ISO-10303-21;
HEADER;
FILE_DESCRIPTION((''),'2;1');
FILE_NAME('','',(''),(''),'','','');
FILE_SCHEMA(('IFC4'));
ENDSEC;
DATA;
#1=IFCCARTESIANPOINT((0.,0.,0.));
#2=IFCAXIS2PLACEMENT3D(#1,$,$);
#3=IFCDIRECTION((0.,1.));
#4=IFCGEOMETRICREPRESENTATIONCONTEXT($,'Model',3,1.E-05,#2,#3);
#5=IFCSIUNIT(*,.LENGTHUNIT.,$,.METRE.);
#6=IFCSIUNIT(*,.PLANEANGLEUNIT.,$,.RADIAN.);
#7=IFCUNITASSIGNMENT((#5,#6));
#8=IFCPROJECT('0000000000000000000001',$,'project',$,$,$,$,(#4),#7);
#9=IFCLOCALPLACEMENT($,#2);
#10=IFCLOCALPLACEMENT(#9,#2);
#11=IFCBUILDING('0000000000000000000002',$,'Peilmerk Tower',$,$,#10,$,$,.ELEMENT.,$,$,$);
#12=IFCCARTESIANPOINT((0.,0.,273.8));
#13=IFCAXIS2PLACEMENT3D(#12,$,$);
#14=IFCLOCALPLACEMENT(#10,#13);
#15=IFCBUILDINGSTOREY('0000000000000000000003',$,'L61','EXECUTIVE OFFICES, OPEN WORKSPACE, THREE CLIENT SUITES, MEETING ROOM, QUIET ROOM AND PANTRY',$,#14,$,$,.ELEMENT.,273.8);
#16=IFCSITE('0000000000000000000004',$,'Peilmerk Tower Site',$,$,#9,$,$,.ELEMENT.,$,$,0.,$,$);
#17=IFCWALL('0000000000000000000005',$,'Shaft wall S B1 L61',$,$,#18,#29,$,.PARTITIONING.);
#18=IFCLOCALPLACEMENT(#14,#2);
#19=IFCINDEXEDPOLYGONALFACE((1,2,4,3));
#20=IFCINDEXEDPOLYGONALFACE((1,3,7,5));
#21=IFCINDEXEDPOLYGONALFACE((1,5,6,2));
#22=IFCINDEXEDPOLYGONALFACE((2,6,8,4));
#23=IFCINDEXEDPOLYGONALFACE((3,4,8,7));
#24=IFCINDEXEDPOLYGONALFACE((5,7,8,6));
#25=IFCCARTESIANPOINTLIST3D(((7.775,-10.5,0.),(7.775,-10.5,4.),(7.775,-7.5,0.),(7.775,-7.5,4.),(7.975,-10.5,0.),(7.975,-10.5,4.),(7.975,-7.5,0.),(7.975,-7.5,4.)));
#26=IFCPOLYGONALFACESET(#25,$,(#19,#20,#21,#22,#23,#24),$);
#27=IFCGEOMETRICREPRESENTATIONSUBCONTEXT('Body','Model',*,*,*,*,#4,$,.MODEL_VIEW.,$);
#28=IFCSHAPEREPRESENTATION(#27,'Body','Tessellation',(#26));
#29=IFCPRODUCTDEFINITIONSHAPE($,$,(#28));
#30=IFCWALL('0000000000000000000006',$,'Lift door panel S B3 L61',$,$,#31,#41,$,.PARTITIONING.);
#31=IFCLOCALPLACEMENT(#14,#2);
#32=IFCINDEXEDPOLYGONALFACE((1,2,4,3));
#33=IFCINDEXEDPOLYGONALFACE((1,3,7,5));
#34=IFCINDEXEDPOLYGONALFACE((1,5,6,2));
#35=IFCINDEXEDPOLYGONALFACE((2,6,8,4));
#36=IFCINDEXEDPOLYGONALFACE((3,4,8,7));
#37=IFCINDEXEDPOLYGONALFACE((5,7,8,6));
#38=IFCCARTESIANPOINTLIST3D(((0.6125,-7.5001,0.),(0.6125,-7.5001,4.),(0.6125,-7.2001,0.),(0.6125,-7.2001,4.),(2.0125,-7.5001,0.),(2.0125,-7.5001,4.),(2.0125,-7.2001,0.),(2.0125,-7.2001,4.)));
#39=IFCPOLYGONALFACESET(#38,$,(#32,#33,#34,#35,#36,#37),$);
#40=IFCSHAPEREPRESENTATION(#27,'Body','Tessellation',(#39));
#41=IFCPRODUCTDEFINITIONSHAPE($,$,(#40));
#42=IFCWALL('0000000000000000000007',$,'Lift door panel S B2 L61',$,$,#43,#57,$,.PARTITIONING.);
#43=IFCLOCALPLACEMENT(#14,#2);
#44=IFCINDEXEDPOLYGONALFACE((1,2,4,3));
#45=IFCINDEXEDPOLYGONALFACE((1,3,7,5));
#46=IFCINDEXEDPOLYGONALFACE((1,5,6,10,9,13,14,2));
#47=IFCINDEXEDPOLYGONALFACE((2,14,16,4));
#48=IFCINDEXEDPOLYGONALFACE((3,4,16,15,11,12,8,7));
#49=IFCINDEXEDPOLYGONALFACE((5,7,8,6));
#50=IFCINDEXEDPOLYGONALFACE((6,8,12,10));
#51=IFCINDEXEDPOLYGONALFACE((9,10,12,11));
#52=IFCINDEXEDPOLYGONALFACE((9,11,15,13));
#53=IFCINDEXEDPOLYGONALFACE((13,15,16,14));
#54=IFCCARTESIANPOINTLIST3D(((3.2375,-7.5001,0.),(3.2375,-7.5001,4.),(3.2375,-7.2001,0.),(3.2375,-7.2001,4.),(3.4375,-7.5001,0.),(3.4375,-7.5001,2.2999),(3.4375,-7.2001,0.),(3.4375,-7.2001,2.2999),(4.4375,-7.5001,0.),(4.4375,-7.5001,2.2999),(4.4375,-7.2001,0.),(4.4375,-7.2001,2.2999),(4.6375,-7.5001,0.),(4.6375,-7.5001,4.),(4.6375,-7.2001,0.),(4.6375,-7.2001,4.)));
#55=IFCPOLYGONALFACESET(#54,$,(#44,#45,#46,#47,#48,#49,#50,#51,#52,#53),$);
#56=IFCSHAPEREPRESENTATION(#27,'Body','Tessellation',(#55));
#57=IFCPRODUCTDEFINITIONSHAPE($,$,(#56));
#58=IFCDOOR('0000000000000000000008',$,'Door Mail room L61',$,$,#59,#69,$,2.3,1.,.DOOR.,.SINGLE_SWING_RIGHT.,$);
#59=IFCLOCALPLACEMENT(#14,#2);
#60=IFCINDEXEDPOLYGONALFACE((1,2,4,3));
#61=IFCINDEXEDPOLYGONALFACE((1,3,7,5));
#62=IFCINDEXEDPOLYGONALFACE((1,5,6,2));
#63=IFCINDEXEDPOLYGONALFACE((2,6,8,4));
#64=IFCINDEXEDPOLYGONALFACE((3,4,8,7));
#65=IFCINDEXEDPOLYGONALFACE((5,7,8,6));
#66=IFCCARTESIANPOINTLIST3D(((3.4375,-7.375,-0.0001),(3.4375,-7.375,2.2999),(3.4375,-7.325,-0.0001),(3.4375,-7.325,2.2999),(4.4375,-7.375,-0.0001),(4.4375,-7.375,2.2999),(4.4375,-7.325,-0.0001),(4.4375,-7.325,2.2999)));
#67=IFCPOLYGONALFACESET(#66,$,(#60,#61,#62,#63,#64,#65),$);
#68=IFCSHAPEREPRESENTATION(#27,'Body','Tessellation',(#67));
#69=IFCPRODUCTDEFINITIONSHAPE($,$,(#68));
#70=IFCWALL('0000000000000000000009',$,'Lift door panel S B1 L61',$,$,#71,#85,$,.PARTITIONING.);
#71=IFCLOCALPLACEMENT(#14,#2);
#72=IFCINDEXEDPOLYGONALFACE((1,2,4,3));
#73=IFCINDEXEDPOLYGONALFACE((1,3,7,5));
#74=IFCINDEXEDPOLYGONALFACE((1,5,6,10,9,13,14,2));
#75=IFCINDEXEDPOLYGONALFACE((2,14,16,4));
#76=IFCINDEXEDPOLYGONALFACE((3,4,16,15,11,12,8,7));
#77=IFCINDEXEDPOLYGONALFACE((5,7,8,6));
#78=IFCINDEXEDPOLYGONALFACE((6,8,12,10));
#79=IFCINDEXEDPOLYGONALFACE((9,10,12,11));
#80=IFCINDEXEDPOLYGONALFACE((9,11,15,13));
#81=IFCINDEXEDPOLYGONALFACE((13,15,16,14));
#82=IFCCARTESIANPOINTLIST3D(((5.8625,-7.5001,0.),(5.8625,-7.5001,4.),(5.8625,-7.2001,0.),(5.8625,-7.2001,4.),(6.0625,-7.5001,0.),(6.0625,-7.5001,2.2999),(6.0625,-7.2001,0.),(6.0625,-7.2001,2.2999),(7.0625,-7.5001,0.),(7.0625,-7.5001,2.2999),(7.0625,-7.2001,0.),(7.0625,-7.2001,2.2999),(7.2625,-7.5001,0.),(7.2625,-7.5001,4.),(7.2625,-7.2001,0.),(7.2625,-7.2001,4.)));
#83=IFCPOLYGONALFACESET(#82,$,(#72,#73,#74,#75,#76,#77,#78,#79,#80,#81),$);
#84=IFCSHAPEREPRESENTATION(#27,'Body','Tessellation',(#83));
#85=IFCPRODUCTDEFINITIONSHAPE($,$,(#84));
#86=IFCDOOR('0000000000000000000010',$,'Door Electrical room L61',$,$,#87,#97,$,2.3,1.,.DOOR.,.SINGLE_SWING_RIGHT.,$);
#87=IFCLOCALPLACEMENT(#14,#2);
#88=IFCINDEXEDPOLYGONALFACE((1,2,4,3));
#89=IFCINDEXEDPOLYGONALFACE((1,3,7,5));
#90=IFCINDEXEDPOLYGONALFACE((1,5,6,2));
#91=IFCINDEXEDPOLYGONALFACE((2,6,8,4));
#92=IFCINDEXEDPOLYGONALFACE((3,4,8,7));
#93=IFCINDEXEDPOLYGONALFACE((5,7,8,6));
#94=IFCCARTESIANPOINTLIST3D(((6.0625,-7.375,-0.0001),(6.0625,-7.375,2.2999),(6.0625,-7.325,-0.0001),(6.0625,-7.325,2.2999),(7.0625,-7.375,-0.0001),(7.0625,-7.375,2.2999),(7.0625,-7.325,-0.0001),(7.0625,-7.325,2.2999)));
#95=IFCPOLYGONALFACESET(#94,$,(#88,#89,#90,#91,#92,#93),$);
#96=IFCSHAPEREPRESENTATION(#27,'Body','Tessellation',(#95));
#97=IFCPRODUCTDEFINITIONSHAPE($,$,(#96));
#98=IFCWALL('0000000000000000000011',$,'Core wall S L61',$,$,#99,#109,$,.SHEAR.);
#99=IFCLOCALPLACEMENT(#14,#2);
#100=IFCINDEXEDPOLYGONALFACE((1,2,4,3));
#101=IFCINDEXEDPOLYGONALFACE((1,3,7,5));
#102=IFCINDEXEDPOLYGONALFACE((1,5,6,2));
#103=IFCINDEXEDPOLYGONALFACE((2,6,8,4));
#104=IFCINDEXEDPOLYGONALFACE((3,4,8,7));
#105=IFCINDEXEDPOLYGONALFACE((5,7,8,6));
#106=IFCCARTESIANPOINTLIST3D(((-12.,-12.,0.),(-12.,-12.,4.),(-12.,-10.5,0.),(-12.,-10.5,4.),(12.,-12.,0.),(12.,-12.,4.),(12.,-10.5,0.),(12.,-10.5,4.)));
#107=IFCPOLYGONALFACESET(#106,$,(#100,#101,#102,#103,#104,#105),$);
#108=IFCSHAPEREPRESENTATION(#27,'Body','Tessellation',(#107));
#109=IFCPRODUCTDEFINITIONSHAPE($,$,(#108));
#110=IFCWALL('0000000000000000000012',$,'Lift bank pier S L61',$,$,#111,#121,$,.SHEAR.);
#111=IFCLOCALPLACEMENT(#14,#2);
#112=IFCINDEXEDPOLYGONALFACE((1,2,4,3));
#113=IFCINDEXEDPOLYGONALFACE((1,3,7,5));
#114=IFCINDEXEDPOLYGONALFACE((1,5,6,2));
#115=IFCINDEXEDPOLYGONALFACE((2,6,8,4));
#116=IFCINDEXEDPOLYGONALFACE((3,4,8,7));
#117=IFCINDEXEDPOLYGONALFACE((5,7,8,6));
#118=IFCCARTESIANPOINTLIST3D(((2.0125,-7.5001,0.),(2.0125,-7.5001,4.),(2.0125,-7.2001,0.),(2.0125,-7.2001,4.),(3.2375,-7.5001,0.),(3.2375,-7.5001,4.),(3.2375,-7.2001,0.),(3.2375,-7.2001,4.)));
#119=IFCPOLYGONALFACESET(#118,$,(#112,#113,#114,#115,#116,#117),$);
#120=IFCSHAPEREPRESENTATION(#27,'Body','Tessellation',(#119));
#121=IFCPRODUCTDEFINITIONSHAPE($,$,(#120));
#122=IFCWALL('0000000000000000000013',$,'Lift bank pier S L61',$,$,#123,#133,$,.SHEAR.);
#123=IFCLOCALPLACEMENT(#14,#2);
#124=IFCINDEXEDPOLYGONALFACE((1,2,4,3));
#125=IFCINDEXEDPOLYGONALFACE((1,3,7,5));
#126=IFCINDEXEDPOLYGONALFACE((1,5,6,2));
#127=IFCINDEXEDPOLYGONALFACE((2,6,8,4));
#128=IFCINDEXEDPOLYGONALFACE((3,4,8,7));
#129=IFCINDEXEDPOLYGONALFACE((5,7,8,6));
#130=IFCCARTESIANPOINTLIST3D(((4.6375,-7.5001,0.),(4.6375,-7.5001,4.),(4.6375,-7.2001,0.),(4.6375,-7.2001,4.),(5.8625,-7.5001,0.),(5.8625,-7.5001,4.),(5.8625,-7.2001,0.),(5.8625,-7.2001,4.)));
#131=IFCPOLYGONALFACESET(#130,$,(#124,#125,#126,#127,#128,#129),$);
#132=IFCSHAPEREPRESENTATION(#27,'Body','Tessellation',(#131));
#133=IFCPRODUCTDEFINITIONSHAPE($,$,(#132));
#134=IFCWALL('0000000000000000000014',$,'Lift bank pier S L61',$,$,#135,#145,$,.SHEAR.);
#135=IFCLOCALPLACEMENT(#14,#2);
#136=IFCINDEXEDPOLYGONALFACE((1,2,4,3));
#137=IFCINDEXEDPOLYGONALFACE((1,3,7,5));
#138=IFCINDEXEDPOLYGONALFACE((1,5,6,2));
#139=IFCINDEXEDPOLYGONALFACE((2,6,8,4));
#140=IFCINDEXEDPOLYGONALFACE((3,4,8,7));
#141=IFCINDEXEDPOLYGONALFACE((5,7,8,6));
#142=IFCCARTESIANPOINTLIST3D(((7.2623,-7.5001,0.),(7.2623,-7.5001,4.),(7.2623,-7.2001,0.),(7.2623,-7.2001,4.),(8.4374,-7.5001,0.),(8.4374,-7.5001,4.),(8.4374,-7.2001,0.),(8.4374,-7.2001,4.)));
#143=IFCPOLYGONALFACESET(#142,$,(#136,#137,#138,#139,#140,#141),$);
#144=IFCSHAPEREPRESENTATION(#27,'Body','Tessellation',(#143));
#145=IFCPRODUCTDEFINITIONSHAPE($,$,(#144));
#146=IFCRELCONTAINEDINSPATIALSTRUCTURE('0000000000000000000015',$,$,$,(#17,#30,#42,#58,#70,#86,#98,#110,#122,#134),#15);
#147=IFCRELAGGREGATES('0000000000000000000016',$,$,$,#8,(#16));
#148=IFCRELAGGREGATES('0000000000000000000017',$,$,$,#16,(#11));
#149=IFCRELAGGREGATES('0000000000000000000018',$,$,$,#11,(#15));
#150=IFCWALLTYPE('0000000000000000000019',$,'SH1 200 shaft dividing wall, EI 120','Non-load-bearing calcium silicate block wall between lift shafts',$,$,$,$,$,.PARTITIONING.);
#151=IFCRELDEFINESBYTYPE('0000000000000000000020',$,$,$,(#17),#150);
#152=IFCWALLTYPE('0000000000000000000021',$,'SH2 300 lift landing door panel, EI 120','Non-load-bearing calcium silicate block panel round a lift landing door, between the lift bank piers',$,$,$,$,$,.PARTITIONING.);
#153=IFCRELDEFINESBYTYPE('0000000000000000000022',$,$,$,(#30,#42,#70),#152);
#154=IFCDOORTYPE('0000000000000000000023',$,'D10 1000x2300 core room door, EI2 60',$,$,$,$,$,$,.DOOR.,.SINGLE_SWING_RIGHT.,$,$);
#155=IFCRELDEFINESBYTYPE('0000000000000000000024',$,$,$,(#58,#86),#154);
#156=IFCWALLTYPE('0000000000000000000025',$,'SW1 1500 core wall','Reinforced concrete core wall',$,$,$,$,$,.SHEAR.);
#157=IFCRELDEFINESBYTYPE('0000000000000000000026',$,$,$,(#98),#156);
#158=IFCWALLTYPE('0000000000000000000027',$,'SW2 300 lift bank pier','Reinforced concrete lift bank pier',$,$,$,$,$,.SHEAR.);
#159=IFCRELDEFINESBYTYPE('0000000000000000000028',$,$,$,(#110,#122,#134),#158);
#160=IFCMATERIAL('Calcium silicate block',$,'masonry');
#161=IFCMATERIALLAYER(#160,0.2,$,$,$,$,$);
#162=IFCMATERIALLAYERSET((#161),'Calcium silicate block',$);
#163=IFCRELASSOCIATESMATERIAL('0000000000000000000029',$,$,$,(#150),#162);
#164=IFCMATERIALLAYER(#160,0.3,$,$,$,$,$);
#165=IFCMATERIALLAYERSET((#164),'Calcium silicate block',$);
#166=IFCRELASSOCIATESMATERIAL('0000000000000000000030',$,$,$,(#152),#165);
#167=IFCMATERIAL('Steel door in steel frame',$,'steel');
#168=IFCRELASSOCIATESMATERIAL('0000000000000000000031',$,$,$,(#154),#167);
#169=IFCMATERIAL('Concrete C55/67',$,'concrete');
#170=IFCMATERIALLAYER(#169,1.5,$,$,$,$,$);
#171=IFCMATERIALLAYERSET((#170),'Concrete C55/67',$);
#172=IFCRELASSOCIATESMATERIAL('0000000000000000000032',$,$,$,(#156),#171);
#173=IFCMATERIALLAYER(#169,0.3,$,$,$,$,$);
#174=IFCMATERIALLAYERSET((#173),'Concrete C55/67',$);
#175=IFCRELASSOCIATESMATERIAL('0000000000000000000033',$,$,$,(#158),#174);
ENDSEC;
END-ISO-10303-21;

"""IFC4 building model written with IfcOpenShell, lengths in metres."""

from ifc_helpers import new_model, si_unit, direction, frame, frame_2d, origin, place, context, subcontext, project, spatial, rectangle, extrude, material, layer, layer_set, type_object, element, fill, save


model = new_model("IFC4")

# Units and contexts
model_context = context("Model", 3, precision=1e-05, world=origin(), true_north=direction((0.0, 1.0)))
body_context = subcontext(model_context, "Body", "Model", "MODEL_VIEW")
ifc_project = project(units=[si_unit("LENGTHUNIT", "METRE"), si_unit("PLANEANGLEUNIT", "RADIAN")], contexts=[model_context])

# Site, building, storey
site_placement = place(None, origin())
site = spatial("IfcSite", under=ifc_project, at=site_placement, Name="Peilmerk Tower Site", CompositionType="ELEMENT", RefElevation=0.0)
building_placement = place(site_placement, origin())
building = spatial("IfcBuilding", under=site, at=building_placement, Name="Peilmerk Tower", CompositionType="ELEMENT")
storey_placement = place(building_placement, frame((0.0, 0.0, 273.8)))
storey = spatial("IfcBuildingStorey", under=building, at=storey_placement, Name="L61", Description="EXECUTIVE OFFICES, OPEN WORKSPACE, THREE CLIENT SUITES, MEETING ROOM, QUIET ROOM AND PANTRY", CompositionType="ELEMENT", Elevation=273.8)

# Shared definitions
ifc_material_1 = material(Name="Calcium silicate block", Category="masonry")

# Walls
ifc_layer_1 = layer(ifc_material_1, 0.2)
ifc_layer_set_1 = layer_set([ifc_layer_1], Name="Calcium silicate block")
wall_type_1 = type_object("IfcWallType", Name="SH1 200 shaft dividing wall, EI 120", Description="Non-load-bearing calcium silicate block wall between lift shafts", PredefinedType="PARTITIONING", material=ifc_layer_set_1)
for number, where, z_axis, x_axis, name in (
    (1, (7.875, -10.5, 0.0), (0.0, 0.0, 1.0), (0.0, 1.0, 0.0), "Shaft wall S B1 L61"),
):
    element("IfcWall", number, at=place(storey_placement, frame(where, z_axis=z_axis, x_axis=x_axis)), inside=storey, type_object=wall_type_1, Name=name, PredefinedType="PARTITIONING", context=body_context, shape_type="SweptSolid", body=[
        extrude(rectangle(XDim=3.0, YDim=0.2, at=frame_2d((1.5, 0.0))), origin(), (0.0, 0.0, 1.0), 4.0),
    ])
ifc_layer_2 = layer(ifc_material_1, 0.3)
ifc_layer_set_2 = layer_set([ifc_layer_2], Name="Calcium silicate block")
wall_type_2 = type_object("IfcWallType", Name="SH2 300 lift landing door panel, EI 120", Description="Non-load-bearing calcium silicate block panel round a lift landing door, between the lift bank piers", PredefinedType="PARTITIONING", material=ifc_layer_set_2)
wall_1_placement = place(storey_placement, frame((0.6125, -7.3501, 0.0), z_axis=(0.0, 0.0, 1.0), x_axis=(1.0, 0.0, 0.0)))
element("IfcWall", 2, at=wall_1_placement, inside=storey, type_object=wall_type_2, Name="Lift door panel S B3 L61", PredefinedType="PARTITIONING", context=body_context, shape_type="SweptSolid", body=[
    extrude(rectangle(XDim=1.3999, YDim=0.3, at=frame_2d((0.7, 0.0))), origin(), (0.0, 0.0, 1.0), 4.0),
])

# Walls, openings, doors
wall_2_placement = place(storey_placement, frame((3.2375, -7.3501, 0.0), z_axis=(0.0, 0.0, 1.0), x_axis=(1.0, 0.0, 0.0)))
wall_2 = element("IfcWall", 3, at=wall_2_placement, inside=storey, type_object=wall_type_2, Name="Lift door panel S B2 L61", PredefinedType="PARTITIONING", context=body_context, shape_type="SweptSolid", body=[
    extrude(rectangle(XDim=1.3999, YDim=0.3, at=frame_2d((0.7, 0.0))), origin(), (0.0, 0.0, 1.0), 4.0),
])
opening_1_placement = place(wall_2_placement, frame((0.2, 0.0, 0.0)))
opening_1 = element("IfcOpeningElement", 4, at=opening_1_placement, cuts=wall_2, PredefinedType="OPENING", context=body_context, shape_type="SweptSolid", body=[
    extrude(rectangle(XDim=1.0, YDim=2.3, at=frame_2d((0.5, 1.1499))), frame((0.0, 0.1599, 0.0), z_axis=(0.0, -1.0, 0.0), x_axis=(1.0, 0.0, 0.0)), (0.0, 0.0, 1.0), 0.3201),
])
ifc_material_2 = material(Name="Steel door in steel frame", Category="steel")
door_type_1 = type_object("IfcDoorType", Name="D10 1000x2300 core room door, EI2 60", OperationType="SINGLE_SWING_RIGHT", PredefinedType="DOOR", material=ifc_material_2)
door_1_placement = place(opening_1_placement, frame((1.0, 0.0, 0.0), z_axis=(0.0, 0.0, 1.0), x_axis=(-1.0, 0.0, 0.0)))
door_1 = element("IfcDoor", 5, at=door_1_placement, inside=storey, type_object=door_type_1, Name="Door Mail room L61", OperationType="SINGLE_SWING_RIGHT", OverallHeight=2.3, OverallWidth=1.0, PredefinedType="DOOR", context=body_context, shape_type="SweptSolid", body=[
    extrude(rectangle(XDim=1.0, YDim=2.3, at=frame_2d((0.5, 1.1499))), frame((0.0, 0.0249, 0.0), z_axis=(0.0, -1.0, 0.0), x_axis=(1.0, 0.0, 0.0)), (0.0, 0.0, 1.0), 0.05),
])
fill(opening_1, door_1)
wall_3_placement = place(storey_placement, frame((5.8625, -7.3501, 0.0), z_axis=(0.0, 0.0, 1.0), x_axis=(1.0, 0.0, 0.0)))
wall_3 = element("IfcWall", 6, at=wall_3_placement, inside=storey, type_object=wall_type_2, Name="Lift door panel S B1 L61", PredefinedType="PARTITIONING", context=body_context, shape_type="SweptSolid", body=[
    extrude(rectangle(XDim=1.3999, YDim=0.3, at=frame_2d((0.7, 0.0))), origin(), (0.0, 0.0, 1.0), 4.0),
])
opening_2_placement = place(wall_3_placement, frame((0.2, 0.0, 0.0)))
opening_2 = element("IfcOpeningElement", 7, at=opening_2_placement, cuts=wall_3, PredefinedType="OPENING", context=body_context, shape_type="SweptSolid", body=[
    extrude(rectangle(XDim=1.0, YDim=2.3, at=frame_2d((0.5, 1.1499))), frame((0.0, 0.1599, 0.0), z_axis=(0.0, -1.0, 0.0), x_axis=(1.0, 0.0, 0.0)), (0.0, 0.0, 1.0), 0.3201),
])
door_2_placement = place(opening_2_placement, frame((1.0, 0.0, 0.0), z_axis=(0.0, 0.0, 1.0), x_axis=(-1.0, 0.0, 0.0)))
door_2 = element("IfcDoor", 8, at=door_2_placement, inside=storey, type_object=door_type_1, Name="Door Electrical room L61", OperationType="SINGLE_SWING_RIGHT", OverallHeight=2.3, OverallWidth=1.0, PredefinedType="DOOR", context=body_context, shape_type="SweptSolid", body=[
    extrude(rectangle(XDim=1.0, YDim=2.3, at=frame_2d((0.5, 1.1499))), frame((0.0, 0.0249, 0.0), z_axis=(0.0, -1.0, 0.0), x_axis=(1.0, 0.0, 0.0)), (0.0, 0.0, 1.0), 0.05),
])
fill(opening_2, door_2)

# Walls
ifc_material_3 = material(Name="Concrete C55/67", Category="concrete")
ifc_layer_3 = layer(ifc_material_3, 1.5)
ifc_layer_set_3 = layer_set([ifc_layer_3], Name="Concrete C55/67")
wall_type_3 = type_object("IfcWallType", Name="SW1 1500 core wall", Description="Reinforced concrete core wall", PredefinedType="SHEAR", material=ifc_layer_set_3)
wall_4_placement = place(storey_placement, frame((12.0, -11.25, 0.0), z_axis=(0.0, 0.0, 1.0), x_axis=(-1.0, 0.0, 0.0)))
element("IfcWall", 9, at=wall_4_placement, inside=storey, type_object=wall_type_3, Name="Core wall S L61", PredefinedType="SHEAR", context=body_context, shape_type="SweptSolid", body=[
    extrude(rectangle(XDim=24.0, YDim=1.5, at=frame_2d((12.0, 0.0))), origin(), (0.0, 0.0, 1.0), 4.0),
])
ifc_layer_4 = layer(ifc_material_3, 0.3)
ifc_layer_set_4 = layer_set([ifc_layer_4], Name="Concrete C55/67")
wall_type_4 = type_object("IfcWallType", Name="SW2 300 lift bank pier", Description="Reinforced concrete lift bank pier", PredefinedType="SHEAR", material=ifc_layer_set_4)
for number, where, z_axis, x_axis, name in (
    (10, (2.0125, -7.3501, 0.0), (0.0, 0.0, 1.0), (1.0, 0.0, 0.0), "Lift bank pier S L61"),
    (11, (4.6375, -7.3501, 0.0), (0.0, 0.0, 1.0), (1.0, 0.0, 0.0), "Lift bank pier S L61"),
):
    element("IfcWall", number, at=place(storey_placement, frame(where, z_axis=z_axis, x_axis=x_axis)), inside=storey, type_object=wall_type_4, Name=name, PredefinedType="SHEAR", context=body_context, shape_type="SweptSolid", body=[
        extrude(rectangle(XDim=1.2251, YDim=0.3, at=frame_2d((0.6125, 0.0))), origin(), (0.0, 0.0, 1.0), 4.0),
    ])
wall_5_placement = place(storey_placement, frame((7.2625, -7.3501, 0.0), z_axis=(0.0, 0.0, 1.0), x_axis=(1.0, 0.0, 0.0)))
element("IfcWall", 12, at=wall_5_placement, inside=storey, type_object=wall_type_4, Name="Lift bank pier S L61", PredefinedType="SHEAR", context=body_context, shape_type="SweptSolid", body=[
    extrude(rectangle(XDim=1.175, YDim=0.3, at=frame_2d((0.5874, 0.0))), origin(), (0.0, 0.0, 1.0), 4.0),
])

save(model, "model.ifc")
